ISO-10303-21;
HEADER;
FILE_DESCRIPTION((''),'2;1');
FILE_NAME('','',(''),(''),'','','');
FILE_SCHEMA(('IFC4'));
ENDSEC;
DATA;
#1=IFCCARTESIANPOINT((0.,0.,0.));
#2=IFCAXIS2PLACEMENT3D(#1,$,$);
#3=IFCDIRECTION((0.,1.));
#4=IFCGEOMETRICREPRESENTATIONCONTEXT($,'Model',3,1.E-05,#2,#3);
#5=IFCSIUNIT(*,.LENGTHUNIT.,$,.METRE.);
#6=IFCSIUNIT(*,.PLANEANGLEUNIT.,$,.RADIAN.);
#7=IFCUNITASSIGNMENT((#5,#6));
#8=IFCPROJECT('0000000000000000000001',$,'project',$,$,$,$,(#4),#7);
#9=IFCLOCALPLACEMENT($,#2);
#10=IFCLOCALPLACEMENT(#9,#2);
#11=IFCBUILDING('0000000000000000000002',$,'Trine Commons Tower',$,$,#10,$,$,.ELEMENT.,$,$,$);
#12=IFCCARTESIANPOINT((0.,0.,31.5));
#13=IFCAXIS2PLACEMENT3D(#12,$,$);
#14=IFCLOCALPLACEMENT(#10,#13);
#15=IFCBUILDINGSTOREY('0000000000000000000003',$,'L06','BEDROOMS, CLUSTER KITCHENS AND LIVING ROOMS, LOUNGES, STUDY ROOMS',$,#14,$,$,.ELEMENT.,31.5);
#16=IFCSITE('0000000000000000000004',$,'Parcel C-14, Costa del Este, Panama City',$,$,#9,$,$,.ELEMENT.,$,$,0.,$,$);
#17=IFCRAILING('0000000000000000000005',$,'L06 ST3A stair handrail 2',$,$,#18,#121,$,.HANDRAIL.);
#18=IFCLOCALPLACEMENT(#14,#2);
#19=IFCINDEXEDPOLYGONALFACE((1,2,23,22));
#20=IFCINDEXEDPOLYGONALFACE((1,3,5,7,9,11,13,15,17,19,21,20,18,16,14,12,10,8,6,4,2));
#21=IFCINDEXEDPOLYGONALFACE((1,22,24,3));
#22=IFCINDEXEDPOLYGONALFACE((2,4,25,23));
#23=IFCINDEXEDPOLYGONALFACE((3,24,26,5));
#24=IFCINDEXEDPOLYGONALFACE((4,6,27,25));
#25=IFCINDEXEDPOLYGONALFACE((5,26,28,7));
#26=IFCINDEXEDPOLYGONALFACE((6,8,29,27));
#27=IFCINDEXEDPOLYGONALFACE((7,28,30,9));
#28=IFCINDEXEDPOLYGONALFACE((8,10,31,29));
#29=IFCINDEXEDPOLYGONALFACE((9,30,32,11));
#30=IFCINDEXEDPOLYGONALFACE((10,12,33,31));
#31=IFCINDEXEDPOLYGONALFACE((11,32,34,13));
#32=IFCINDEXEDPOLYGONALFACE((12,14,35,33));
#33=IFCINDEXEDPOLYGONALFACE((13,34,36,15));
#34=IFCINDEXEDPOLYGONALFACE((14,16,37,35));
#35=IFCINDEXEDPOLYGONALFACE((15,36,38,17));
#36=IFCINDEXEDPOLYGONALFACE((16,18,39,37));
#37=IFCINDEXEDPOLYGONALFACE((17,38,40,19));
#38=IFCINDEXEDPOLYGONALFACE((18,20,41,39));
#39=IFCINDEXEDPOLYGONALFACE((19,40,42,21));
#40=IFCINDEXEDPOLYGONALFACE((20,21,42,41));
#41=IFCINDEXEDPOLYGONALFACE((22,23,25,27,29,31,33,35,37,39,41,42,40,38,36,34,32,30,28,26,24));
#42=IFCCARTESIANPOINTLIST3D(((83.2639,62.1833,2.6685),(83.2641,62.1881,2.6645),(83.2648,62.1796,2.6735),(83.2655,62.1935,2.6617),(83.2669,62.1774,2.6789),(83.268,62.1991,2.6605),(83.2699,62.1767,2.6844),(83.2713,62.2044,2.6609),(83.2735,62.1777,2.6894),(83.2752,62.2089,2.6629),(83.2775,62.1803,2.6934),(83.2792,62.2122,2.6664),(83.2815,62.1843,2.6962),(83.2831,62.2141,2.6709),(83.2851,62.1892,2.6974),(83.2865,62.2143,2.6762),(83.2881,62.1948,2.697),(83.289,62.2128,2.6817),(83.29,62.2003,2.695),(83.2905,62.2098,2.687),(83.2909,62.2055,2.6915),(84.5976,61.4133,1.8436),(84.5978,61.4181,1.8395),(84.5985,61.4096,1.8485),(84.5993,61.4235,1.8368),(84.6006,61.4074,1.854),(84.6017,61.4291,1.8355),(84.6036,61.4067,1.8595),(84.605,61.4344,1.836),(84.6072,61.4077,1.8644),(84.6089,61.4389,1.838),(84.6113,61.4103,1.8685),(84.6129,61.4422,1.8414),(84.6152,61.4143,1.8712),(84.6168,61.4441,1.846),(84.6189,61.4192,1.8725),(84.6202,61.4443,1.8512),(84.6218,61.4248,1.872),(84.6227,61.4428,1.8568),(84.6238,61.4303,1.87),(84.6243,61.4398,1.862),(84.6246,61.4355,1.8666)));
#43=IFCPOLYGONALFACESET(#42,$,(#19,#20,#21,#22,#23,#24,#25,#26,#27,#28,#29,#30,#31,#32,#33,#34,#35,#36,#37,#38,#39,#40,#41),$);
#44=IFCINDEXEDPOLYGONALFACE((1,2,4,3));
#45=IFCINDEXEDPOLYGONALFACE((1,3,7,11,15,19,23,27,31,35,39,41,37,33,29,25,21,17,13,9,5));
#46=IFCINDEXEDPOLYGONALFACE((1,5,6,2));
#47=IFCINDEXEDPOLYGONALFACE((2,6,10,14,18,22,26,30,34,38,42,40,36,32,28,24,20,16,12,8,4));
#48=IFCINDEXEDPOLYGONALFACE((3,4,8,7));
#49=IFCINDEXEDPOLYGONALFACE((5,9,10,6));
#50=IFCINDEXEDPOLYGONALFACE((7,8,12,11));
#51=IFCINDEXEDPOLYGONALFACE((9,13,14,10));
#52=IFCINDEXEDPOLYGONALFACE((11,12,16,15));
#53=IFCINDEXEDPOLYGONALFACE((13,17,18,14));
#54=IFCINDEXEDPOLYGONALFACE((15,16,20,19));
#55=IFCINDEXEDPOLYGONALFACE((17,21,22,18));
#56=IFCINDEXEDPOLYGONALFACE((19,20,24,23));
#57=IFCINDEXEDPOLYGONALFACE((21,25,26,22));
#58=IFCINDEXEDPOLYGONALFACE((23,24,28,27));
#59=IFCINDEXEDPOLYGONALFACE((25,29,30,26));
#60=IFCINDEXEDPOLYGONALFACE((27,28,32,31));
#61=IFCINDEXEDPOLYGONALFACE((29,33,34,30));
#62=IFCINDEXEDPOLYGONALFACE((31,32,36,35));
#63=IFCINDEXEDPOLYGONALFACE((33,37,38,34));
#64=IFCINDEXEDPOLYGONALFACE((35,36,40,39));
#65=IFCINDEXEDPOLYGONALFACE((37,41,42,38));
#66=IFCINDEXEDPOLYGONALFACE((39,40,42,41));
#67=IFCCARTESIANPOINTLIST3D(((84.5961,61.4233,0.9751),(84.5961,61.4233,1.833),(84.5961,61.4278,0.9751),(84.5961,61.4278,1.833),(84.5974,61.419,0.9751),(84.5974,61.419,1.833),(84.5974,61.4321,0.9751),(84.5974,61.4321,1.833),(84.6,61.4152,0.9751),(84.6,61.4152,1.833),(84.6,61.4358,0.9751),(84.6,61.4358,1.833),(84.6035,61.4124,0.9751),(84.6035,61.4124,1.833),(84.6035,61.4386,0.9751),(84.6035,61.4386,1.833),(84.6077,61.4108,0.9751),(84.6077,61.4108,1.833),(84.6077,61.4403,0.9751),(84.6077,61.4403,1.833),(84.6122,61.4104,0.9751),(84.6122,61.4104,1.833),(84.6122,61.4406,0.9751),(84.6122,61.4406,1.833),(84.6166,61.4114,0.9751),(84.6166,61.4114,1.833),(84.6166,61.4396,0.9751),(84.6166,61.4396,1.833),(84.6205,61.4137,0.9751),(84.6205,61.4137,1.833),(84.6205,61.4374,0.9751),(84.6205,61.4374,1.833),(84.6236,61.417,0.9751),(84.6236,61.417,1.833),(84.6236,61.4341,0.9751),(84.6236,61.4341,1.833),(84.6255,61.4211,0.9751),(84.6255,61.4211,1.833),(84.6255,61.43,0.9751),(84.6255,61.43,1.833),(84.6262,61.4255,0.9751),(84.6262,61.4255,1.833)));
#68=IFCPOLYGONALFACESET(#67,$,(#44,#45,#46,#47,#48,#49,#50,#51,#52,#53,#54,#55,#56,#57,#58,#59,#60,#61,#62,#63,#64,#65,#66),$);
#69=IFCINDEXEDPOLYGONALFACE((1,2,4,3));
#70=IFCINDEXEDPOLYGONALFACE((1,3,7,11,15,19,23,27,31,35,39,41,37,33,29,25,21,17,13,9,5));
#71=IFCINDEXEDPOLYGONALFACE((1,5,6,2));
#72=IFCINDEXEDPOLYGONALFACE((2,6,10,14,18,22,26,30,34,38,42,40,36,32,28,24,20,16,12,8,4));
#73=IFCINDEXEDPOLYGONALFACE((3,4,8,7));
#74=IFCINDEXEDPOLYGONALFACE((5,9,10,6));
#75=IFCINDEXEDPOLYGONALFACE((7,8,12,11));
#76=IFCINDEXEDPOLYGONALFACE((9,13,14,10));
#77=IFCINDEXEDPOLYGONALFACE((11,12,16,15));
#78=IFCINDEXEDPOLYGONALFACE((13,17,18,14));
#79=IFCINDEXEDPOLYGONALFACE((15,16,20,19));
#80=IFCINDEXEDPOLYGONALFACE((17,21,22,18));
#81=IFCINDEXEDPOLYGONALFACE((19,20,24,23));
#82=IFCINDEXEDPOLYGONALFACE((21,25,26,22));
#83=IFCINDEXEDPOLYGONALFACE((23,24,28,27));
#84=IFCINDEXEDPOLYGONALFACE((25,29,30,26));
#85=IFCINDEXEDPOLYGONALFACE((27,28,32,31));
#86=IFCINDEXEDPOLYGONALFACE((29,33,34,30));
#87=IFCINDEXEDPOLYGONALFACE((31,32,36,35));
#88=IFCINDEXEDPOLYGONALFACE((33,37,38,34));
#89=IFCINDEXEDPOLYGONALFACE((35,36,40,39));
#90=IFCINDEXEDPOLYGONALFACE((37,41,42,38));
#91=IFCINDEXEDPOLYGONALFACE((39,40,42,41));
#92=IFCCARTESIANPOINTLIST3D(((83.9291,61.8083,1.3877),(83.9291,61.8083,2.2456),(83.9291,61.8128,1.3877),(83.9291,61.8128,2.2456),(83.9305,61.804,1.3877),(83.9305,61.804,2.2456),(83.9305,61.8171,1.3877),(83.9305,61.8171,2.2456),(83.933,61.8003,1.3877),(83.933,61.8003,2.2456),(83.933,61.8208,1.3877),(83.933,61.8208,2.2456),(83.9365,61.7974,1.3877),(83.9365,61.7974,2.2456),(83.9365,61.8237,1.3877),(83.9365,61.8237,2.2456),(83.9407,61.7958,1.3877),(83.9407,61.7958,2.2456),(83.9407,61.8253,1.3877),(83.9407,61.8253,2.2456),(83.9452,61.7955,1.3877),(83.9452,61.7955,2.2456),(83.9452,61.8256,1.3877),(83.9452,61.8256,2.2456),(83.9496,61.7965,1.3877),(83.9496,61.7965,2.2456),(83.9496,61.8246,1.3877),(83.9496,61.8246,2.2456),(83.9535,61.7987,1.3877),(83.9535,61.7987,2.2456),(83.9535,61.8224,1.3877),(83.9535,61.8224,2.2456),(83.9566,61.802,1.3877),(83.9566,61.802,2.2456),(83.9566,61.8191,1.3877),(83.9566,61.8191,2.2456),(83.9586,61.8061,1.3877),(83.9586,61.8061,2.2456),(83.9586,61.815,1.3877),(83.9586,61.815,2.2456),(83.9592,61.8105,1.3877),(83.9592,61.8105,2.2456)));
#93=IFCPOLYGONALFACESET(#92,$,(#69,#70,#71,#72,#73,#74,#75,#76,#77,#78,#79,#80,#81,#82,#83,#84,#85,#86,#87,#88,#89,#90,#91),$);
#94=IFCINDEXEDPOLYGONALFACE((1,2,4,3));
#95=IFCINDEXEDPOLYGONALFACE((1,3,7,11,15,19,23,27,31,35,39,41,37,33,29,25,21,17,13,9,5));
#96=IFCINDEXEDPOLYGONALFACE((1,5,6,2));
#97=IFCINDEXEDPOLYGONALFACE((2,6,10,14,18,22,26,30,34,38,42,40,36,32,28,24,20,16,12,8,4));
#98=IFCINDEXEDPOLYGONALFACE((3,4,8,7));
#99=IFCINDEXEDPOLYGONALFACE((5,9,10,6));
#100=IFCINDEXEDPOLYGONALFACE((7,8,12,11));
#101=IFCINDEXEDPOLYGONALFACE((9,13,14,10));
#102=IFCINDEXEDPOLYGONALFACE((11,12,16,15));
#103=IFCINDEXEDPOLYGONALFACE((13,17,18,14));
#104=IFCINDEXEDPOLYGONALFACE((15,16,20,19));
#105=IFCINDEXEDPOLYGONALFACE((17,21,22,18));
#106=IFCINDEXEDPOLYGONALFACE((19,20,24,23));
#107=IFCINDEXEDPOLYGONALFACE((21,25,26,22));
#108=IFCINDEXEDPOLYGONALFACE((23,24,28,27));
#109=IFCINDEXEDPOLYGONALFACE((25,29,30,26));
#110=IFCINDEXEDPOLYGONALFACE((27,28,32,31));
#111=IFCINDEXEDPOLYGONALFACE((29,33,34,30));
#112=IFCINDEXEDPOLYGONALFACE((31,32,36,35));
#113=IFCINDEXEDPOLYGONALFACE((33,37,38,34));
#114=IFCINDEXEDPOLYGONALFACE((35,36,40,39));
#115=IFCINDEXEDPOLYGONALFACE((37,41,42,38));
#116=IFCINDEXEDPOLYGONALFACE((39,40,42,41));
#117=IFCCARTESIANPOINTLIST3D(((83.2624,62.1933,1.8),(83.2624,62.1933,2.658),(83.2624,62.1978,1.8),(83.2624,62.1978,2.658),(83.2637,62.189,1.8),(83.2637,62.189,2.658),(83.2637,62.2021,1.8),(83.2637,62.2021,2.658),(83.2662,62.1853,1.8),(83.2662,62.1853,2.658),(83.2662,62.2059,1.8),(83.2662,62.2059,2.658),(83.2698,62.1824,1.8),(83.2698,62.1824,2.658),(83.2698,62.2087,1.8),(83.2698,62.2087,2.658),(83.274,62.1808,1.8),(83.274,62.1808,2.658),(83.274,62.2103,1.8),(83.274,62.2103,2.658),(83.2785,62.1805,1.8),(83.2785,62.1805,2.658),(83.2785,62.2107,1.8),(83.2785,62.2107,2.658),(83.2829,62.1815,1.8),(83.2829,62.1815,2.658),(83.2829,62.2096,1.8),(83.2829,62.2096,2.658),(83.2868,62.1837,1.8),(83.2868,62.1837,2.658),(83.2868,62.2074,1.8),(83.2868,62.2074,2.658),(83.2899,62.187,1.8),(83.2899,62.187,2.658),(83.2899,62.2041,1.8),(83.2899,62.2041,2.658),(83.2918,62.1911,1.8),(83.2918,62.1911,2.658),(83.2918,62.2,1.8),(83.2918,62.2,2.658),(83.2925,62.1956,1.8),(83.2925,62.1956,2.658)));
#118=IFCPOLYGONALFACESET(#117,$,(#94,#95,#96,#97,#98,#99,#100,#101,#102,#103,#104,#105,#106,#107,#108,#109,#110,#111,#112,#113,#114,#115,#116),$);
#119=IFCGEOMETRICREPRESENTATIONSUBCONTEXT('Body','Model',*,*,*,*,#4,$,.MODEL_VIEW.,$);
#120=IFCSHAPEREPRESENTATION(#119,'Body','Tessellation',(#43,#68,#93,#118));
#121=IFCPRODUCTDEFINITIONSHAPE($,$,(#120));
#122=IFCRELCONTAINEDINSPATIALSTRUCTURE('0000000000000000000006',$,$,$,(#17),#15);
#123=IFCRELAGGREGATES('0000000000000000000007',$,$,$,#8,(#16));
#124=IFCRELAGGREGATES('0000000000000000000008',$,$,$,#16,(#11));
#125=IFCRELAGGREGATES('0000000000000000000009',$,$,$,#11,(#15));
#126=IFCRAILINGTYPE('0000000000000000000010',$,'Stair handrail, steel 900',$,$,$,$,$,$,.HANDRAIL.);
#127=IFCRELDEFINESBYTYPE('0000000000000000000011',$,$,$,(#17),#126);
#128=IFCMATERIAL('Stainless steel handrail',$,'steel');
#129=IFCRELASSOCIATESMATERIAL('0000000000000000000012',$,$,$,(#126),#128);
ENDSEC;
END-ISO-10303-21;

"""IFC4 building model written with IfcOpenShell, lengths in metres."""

from ifc_helpers import new_model, si_unit, direction, frame, origin, origin_2d, place, context, subcontext, project, spatial, circle, extrude, material, type_object, element, save


model = new_model("IFC4")

# Units and contexts
model_context = context("Model", 3, precision=1e-05, world=origin(), true_north=direction((0.0, 1.0)))
body_context = subcontext(model_context, "Body", "Model", "MODEL_VIEW")
ifc_project = project(units=[si_unit("LENGTHUNIT", "METRE"), si_unit("PLANEANGLEUNIT", "RADIAN")], contexts=[model_context])

# Site, building, storey
site_placement = place(None, origin())
site = spatial("IfcSite", under=ifc_project, at=site_placement, Name="Parcel C-14, Costa del Este, Panama City", CompositionType="ELEMENT", RefElevation=0.0)
building_placement = place(site_placement, origin())
building = spatial("IfcBuilding", under=site, at=building_placement, Name="Trine Commons Tower", CompositionType="ELEMENT")
storey_placement = place(building_placement, frame((0.0, 0.0, 31.5)))
storey = spatial("IfcBuildingStorey", under=building, at=storey_placement, Name="L06", Description="BEDROOMS, CLUSTER KITCHENS AND LIVING ROOMS, LOUNGES, STUDY ROOMS", CompositionType="ELEMENT", Elevation=31.5)

# Railing
ifc_material_1 = material(Name="Stainless steel handrail", Category="steel")
railing_type_1 = type_object("IfcRailingType", Name="Stair handrail, steel 900", PredefinedType="HANDRAIL", material=ifc_material_1)
railing_1_placement = place(storey_placement, frame((84.6111, 61.4255, 0.9751)))
element("IfcRailing", 1, at=railing_1_placement, inside=storey, type_object=railing_type_1, Name="L06 ST3A stair handrail 2", PredefinedType="HANDRAIL", context=body_context, shape_type="SweptSolid", body=[
    extrude(circle(Radius=0.021, at=origin_2d()), frame((0.0, 0.0, 0.8789), z_axis=(-0.763405, 0.440743, 0.472185), x_axis=(-0.499992, -0.86603, 0.0)), (0.0, 0.0, 1.0), 1.7471),
    extrude(circle(Radius=0.0151, at=origin_2d()), origin(), (0.0, 0.0, 1.0), 0.8579),
    extrude(circle(Radius=0.0151, at=origin_2d()), frame((-0.667, 0.385, 0.4126)), (0.0, 0.0, 1.0), 0.8579),
    extrude(circle(Radius=0.0151, at=origin_2d()), frame((-1.3337, 0.77, 0.825)), (0.0, 0.0, 1.0), 0.8579),
])

save(model, "model.ifc")
